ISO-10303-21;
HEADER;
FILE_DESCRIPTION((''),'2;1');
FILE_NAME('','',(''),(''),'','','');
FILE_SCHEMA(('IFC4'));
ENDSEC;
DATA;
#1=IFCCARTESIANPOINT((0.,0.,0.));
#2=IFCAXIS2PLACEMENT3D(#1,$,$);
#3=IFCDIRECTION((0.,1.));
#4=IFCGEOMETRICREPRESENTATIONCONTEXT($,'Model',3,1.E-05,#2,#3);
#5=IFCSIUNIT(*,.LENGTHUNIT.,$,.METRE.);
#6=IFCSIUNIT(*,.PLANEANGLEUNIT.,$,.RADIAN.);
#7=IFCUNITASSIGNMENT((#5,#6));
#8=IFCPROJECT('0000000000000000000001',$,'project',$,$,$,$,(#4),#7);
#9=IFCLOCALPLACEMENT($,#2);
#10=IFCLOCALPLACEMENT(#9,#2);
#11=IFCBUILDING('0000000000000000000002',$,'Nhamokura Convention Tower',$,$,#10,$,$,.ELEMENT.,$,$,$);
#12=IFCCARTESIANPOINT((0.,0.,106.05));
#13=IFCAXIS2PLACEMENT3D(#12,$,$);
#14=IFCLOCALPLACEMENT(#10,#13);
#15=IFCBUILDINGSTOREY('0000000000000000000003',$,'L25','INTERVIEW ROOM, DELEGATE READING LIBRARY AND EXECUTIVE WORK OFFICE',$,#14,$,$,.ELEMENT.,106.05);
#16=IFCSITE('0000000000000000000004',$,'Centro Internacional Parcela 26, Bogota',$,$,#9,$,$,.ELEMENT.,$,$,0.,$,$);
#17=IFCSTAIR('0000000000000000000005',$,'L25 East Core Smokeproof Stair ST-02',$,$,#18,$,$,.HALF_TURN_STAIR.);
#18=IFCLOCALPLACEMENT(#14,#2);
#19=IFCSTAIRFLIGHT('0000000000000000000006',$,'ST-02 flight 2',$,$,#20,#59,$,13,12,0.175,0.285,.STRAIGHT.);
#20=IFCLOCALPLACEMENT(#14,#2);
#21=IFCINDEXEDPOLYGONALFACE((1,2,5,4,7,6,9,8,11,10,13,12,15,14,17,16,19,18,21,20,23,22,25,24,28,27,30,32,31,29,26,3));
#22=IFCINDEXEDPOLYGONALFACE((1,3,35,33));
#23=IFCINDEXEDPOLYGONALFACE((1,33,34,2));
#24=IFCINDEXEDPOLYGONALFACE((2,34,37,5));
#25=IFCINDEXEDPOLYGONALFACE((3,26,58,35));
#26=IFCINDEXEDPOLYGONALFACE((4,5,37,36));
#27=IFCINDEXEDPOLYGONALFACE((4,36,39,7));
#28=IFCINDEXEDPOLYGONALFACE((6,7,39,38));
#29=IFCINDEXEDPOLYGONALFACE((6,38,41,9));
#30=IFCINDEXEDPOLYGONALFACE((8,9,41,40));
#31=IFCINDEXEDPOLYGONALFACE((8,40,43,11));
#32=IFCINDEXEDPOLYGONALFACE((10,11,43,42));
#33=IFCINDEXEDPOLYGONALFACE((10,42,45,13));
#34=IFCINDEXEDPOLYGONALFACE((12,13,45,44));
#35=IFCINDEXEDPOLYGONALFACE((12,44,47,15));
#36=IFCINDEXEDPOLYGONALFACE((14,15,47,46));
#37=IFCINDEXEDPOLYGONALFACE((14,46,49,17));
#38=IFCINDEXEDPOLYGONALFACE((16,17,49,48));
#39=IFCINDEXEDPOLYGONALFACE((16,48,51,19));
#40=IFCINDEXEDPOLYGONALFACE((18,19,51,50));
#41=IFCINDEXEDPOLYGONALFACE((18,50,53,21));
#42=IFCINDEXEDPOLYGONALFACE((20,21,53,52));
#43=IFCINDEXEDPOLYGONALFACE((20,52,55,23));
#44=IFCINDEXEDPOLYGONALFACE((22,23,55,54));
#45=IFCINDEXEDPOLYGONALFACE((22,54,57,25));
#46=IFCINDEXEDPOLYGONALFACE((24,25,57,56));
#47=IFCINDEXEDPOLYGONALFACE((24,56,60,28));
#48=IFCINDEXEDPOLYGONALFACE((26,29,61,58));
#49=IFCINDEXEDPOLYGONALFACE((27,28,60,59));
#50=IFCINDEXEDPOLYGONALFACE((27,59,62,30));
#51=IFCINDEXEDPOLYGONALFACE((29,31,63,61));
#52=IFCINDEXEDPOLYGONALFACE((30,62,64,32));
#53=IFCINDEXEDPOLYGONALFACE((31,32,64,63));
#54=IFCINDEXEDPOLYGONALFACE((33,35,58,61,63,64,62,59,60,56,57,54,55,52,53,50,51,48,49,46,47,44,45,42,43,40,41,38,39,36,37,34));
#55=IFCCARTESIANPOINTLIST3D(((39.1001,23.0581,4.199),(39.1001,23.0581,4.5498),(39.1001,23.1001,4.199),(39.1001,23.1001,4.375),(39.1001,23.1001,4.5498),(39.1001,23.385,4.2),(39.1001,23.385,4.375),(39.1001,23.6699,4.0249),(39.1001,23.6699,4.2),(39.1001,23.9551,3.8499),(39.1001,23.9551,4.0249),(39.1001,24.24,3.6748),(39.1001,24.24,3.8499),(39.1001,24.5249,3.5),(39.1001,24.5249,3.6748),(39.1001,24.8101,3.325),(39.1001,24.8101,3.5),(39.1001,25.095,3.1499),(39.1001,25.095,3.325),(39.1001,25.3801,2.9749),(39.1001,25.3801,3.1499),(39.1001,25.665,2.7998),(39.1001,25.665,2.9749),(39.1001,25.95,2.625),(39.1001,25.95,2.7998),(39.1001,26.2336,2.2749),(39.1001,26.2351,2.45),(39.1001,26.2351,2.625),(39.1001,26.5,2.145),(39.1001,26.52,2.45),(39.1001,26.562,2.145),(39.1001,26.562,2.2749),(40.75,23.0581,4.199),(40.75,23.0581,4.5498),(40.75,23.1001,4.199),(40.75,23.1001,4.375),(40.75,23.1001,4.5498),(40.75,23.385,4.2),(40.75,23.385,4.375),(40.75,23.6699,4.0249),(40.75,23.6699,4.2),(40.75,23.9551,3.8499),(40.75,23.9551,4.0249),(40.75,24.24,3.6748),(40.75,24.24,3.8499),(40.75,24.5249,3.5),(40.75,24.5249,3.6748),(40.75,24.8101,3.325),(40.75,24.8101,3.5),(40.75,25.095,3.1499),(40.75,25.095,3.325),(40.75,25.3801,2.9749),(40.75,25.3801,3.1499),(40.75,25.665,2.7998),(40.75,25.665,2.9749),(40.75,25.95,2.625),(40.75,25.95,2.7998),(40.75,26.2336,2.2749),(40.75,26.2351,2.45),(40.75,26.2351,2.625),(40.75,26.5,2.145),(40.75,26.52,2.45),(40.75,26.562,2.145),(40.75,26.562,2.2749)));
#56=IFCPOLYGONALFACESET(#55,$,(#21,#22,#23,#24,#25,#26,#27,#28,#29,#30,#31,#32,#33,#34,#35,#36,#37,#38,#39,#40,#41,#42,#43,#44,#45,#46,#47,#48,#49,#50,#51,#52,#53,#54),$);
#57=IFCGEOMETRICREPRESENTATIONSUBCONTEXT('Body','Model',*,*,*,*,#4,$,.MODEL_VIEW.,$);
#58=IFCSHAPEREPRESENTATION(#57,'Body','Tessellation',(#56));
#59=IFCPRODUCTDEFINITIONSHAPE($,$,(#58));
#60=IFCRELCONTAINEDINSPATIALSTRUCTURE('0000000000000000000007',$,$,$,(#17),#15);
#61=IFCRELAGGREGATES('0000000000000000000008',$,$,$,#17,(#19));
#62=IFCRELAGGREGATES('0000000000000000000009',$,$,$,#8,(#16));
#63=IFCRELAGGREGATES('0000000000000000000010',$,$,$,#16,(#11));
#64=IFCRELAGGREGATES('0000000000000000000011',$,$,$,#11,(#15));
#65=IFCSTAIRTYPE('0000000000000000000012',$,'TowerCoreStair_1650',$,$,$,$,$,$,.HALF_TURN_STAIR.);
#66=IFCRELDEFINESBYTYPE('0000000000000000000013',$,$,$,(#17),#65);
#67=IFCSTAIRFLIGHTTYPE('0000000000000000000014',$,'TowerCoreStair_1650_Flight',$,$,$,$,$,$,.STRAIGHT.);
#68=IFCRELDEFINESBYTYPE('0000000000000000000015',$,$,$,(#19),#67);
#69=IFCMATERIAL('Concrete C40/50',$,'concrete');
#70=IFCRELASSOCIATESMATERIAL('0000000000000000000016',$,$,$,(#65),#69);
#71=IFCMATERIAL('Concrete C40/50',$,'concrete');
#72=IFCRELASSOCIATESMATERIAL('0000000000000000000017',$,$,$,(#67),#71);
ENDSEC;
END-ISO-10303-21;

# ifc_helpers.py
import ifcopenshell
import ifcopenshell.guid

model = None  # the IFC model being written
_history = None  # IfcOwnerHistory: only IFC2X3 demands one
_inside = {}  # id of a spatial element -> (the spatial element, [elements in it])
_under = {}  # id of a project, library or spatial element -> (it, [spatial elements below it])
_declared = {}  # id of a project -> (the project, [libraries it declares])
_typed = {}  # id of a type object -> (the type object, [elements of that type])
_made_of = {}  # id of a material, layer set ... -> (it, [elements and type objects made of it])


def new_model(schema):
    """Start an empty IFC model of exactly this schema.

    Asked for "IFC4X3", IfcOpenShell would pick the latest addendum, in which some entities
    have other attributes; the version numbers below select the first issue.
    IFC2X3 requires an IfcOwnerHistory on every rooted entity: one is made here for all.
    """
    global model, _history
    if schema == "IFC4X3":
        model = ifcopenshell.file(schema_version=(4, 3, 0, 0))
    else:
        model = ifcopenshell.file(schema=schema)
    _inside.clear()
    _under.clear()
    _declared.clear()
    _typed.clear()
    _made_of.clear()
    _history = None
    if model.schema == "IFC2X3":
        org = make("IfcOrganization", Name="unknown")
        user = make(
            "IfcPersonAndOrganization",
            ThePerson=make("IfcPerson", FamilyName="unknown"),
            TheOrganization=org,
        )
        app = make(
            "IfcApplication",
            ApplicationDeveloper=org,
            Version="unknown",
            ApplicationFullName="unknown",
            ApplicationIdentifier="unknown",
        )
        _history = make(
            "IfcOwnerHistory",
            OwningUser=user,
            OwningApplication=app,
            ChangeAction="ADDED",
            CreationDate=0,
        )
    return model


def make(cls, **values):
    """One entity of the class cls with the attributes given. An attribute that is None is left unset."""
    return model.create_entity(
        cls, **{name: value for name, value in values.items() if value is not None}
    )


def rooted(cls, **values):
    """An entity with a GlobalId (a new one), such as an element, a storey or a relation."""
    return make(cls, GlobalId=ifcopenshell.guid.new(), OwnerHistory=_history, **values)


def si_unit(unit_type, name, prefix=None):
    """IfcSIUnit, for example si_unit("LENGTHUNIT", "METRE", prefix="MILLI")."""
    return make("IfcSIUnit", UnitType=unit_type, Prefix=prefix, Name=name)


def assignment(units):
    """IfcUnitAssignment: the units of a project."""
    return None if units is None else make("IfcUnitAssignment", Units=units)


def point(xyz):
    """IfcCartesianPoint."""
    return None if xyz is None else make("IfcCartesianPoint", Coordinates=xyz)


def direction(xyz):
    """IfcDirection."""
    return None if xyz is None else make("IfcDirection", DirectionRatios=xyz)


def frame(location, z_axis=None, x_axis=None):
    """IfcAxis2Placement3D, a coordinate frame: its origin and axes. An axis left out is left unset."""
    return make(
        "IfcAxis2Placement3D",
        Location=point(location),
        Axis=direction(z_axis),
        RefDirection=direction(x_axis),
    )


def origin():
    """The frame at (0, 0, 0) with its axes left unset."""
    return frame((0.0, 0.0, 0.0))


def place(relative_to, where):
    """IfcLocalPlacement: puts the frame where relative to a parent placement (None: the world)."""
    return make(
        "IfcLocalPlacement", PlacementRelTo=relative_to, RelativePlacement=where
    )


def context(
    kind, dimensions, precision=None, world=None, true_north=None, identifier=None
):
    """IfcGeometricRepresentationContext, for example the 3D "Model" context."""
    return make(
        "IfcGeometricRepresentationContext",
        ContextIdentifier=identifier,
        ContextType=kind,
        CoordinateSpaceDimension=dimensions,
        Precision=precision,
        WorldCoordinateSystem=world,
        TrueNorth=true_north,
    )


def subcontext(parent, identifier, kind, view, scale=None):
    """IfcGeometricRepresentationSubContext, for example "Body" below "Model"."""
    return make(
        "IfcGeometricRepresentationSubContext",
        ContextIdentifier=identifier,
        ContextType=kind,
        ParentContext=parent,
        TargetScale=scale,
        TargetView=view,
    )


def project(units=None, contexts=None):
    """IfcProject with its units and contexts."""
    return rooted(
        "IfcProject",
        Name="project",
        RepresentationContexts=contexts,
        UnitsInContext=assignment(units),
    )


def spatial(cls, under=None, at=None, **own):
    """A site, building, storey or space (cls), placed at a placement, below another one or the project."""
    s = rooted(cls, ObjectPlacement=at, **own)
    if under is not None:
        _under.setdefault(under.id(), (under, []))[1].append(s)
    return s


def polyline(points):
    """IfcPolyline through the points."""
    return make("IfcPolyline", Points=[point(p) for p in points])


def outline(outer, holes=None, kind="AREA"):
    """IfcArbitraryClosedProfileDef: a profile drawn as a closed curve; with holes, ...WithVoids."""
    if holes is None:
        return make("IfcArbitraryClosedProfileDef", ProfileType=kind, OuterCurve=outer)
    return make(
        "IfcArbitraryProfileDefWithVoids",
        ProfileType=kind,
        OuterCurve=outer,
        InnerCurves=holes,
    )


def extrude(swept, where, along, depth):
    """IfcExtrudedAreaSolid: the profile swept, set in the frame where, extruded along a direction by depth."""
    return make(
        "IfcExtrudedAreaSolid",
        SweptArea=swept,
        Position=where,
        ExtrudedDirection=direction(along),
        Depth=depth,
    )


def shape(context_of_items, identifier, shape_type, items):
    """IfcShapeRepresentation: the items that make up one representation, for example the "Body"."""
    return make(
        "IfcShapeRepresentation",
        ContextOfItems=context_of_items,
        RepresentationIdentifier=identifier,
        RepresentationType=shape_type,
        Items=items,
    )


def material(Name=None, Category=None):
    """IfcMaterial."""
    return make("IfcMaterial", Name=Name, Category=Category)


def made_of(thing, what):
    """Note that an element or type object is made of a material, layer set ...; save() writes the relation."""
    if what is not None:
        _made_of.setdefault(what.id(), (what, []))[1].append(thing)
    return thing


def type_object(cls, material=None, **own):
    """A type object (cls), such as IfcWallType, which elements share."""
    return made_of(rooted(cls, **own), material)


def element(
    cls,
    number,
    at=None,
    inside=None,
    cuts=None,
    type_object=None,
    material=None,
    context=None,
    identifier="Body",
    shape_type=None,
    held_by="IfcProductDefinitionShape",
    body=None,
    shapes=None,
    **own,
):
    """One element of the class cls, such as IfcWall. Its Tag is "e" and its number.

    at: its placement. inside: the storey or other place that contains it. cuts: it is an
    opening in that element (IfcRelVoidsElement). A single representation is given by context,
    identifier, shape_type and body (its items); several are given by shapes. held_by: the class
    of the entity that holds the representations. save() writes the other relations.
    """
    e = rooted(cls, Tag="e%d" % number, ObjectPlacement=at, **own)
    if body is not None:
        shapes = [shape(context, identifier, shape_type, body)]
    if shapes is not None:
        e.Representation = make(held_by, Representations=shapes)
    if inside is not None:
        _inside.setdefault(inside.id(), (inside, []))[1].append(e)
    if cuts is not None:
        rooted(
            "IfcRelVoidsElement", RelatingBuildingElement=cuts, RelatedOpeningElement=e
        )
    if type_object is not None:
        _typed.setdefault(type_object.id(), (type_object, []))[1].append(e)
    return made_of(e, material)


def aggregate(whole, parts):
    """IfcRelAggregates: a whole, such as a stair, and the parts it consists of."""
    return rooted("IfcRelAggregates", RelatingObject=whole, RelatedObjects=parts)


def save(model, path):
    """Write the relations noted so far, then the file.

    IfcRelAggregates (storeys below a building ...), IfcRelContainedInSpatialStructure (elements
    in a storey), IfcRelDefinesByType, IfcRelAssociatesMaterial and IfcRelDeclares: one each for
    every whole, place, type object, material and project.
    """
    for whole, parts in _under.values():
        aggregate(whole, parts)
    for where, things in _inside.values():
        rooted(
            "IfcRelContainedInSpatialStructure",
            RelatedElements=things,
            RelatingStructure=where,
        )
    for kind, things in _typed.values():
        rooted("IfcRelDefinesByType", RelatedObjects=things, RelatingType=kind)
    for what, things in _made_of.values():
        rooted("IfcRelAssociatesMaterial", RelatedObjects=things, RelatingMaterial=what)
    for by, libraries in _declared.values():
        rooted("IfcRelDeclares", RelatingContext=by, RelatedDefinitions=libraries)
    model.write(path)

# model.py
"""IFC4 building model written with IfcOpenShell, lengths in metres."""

from ifc_helpers import new_model, si_unit, direction, frame, origin, place, context, subcontext, project, spatial, polyline, outline, extrude, material, type_object, element, aggregate, save


model = new_model("IFC4")

# Units and contexts
model_context = context("Model", 3, precision=1e-05, world=origin(), true_north=direction((0.0, 1.0)))
body_context = subcontext(model_context, "Body", "Model", "MODEL_VIEW")
ifc_project = project(units=[si_unit("LENGTHUNIT", "METRE"), si_unit("PLANEANGLEUNIT", "RADIAN")], contexts=[model_context])

# Site, building, storey
site_placement = place(None, origin())
site = spatial("IfcSite", under=ifc_project, at=site_placement, Name="Centro Internacional Parcela 26, Bogota", CompositionType="ELEMENT", RefElevation=0.0)
building_placement = place(site_placement, origin())
building = spatial("IfcBuilding", under=site, at=building_placement, Name="Nhamokura Convention Tower", CompositionType="ELEMENT")
storey_placement = place(building_placement, frame((0.0, 0.0, 106.05)))
storey = spatial("IfcBuildingStorey", under=building, at=storey_placement, Name="L25", Description="INTERVIEW ROOM, DELEGATE READING LIBRARY AND EXECUTIVE WORK OFFICE", CompositionType="ELEMENT", Elevation=106.05)

# Stair, stair flight
ifc_material_1 = material(Name="Concrete C40/50", Category="concrete")
stair_type = type_object("IfcStairType", Name="TowerCoreStair_1650", PredefinedType="HALF_TURN_STAIR", material=ifc_material_1)
stair_placement = place(storey_placement, origin())
stair = element("IfcStair", 1, at=stair_placement, inside=storey, type_object=stair_type, Name="L25 East Core Smokeproof Stair ST-02", PredefinedType="HALF_TURN_STAIR")
ifc_material_2 = material(Name="Concrete C40/50", Category="concrete")
stair_flight_type = type_object("IfcStairFlightType", Name="TowerCoreStair_1650_Flight", PredefinedType="STRAIGHT", material=ifc_material_2)
stair_flight_1_placement = place(storey_placement, frame((39.925, 26.52, 2.2749), z_axis=(0.0, 0.0, 1.0), x_axis=(0.0, -1.0, 0.0)))
stair_flight_1 = element("IfcStairFlight", 2, at=stair_flight_1_placement, type_object=stair_flight_type, Name="ST-02 flight 2", NumberOfRisers=13, NumberOfTreads=12, PredefinedType="STRAIGHT", RiserHeight=0.175, TreadLength=0.285, context=body_context, shape_type="SweptSolid", body=[
    extrude(outline(polyline([(-0.042, 0.0), (0.0, 0.175), (0.2849, 0.175), (0.2849, 0.3501), (0.5701, 0.3501), (0.5701, 0.5249), (0.855, 0.5249), (0.855, 0.7), (1.1399, 0.7), (1.1399, 0.875), (1.425, 0.875), (1.425, 1.05), (1.71, 1.05), (1.71, 1.2251), (1.9951, 1.2251), (1.9951, 1.3999), (2.28, 1.3999), (2.28, 1.575), (2.5649, 1.575), (2.5649, 1.75), (2.8501, 1.75), (2.8501, 1.925), (3.135, 1.925), (3.135, 2.1001), (3.4199, 2.1001), (3.4199, 2.2749), (3.4619, 2.2749), (3.4619, 1.9241), (3.4199, 1.9241), (0.2864, 0.0), (0.02, -0.1299), (-0.042, -0.1299), (-0.042, 0.0)])), frame((0.0, 0.825, 0.0), z_axis=(0.0, -1.0, 0.0), x_axis=(1.0, 0.0, 0.0)), (0.0, 0.0, 1.0), 1.6499),
])
aggregate(stair, [stair_flight_1])

save(model, "model.ifc")
